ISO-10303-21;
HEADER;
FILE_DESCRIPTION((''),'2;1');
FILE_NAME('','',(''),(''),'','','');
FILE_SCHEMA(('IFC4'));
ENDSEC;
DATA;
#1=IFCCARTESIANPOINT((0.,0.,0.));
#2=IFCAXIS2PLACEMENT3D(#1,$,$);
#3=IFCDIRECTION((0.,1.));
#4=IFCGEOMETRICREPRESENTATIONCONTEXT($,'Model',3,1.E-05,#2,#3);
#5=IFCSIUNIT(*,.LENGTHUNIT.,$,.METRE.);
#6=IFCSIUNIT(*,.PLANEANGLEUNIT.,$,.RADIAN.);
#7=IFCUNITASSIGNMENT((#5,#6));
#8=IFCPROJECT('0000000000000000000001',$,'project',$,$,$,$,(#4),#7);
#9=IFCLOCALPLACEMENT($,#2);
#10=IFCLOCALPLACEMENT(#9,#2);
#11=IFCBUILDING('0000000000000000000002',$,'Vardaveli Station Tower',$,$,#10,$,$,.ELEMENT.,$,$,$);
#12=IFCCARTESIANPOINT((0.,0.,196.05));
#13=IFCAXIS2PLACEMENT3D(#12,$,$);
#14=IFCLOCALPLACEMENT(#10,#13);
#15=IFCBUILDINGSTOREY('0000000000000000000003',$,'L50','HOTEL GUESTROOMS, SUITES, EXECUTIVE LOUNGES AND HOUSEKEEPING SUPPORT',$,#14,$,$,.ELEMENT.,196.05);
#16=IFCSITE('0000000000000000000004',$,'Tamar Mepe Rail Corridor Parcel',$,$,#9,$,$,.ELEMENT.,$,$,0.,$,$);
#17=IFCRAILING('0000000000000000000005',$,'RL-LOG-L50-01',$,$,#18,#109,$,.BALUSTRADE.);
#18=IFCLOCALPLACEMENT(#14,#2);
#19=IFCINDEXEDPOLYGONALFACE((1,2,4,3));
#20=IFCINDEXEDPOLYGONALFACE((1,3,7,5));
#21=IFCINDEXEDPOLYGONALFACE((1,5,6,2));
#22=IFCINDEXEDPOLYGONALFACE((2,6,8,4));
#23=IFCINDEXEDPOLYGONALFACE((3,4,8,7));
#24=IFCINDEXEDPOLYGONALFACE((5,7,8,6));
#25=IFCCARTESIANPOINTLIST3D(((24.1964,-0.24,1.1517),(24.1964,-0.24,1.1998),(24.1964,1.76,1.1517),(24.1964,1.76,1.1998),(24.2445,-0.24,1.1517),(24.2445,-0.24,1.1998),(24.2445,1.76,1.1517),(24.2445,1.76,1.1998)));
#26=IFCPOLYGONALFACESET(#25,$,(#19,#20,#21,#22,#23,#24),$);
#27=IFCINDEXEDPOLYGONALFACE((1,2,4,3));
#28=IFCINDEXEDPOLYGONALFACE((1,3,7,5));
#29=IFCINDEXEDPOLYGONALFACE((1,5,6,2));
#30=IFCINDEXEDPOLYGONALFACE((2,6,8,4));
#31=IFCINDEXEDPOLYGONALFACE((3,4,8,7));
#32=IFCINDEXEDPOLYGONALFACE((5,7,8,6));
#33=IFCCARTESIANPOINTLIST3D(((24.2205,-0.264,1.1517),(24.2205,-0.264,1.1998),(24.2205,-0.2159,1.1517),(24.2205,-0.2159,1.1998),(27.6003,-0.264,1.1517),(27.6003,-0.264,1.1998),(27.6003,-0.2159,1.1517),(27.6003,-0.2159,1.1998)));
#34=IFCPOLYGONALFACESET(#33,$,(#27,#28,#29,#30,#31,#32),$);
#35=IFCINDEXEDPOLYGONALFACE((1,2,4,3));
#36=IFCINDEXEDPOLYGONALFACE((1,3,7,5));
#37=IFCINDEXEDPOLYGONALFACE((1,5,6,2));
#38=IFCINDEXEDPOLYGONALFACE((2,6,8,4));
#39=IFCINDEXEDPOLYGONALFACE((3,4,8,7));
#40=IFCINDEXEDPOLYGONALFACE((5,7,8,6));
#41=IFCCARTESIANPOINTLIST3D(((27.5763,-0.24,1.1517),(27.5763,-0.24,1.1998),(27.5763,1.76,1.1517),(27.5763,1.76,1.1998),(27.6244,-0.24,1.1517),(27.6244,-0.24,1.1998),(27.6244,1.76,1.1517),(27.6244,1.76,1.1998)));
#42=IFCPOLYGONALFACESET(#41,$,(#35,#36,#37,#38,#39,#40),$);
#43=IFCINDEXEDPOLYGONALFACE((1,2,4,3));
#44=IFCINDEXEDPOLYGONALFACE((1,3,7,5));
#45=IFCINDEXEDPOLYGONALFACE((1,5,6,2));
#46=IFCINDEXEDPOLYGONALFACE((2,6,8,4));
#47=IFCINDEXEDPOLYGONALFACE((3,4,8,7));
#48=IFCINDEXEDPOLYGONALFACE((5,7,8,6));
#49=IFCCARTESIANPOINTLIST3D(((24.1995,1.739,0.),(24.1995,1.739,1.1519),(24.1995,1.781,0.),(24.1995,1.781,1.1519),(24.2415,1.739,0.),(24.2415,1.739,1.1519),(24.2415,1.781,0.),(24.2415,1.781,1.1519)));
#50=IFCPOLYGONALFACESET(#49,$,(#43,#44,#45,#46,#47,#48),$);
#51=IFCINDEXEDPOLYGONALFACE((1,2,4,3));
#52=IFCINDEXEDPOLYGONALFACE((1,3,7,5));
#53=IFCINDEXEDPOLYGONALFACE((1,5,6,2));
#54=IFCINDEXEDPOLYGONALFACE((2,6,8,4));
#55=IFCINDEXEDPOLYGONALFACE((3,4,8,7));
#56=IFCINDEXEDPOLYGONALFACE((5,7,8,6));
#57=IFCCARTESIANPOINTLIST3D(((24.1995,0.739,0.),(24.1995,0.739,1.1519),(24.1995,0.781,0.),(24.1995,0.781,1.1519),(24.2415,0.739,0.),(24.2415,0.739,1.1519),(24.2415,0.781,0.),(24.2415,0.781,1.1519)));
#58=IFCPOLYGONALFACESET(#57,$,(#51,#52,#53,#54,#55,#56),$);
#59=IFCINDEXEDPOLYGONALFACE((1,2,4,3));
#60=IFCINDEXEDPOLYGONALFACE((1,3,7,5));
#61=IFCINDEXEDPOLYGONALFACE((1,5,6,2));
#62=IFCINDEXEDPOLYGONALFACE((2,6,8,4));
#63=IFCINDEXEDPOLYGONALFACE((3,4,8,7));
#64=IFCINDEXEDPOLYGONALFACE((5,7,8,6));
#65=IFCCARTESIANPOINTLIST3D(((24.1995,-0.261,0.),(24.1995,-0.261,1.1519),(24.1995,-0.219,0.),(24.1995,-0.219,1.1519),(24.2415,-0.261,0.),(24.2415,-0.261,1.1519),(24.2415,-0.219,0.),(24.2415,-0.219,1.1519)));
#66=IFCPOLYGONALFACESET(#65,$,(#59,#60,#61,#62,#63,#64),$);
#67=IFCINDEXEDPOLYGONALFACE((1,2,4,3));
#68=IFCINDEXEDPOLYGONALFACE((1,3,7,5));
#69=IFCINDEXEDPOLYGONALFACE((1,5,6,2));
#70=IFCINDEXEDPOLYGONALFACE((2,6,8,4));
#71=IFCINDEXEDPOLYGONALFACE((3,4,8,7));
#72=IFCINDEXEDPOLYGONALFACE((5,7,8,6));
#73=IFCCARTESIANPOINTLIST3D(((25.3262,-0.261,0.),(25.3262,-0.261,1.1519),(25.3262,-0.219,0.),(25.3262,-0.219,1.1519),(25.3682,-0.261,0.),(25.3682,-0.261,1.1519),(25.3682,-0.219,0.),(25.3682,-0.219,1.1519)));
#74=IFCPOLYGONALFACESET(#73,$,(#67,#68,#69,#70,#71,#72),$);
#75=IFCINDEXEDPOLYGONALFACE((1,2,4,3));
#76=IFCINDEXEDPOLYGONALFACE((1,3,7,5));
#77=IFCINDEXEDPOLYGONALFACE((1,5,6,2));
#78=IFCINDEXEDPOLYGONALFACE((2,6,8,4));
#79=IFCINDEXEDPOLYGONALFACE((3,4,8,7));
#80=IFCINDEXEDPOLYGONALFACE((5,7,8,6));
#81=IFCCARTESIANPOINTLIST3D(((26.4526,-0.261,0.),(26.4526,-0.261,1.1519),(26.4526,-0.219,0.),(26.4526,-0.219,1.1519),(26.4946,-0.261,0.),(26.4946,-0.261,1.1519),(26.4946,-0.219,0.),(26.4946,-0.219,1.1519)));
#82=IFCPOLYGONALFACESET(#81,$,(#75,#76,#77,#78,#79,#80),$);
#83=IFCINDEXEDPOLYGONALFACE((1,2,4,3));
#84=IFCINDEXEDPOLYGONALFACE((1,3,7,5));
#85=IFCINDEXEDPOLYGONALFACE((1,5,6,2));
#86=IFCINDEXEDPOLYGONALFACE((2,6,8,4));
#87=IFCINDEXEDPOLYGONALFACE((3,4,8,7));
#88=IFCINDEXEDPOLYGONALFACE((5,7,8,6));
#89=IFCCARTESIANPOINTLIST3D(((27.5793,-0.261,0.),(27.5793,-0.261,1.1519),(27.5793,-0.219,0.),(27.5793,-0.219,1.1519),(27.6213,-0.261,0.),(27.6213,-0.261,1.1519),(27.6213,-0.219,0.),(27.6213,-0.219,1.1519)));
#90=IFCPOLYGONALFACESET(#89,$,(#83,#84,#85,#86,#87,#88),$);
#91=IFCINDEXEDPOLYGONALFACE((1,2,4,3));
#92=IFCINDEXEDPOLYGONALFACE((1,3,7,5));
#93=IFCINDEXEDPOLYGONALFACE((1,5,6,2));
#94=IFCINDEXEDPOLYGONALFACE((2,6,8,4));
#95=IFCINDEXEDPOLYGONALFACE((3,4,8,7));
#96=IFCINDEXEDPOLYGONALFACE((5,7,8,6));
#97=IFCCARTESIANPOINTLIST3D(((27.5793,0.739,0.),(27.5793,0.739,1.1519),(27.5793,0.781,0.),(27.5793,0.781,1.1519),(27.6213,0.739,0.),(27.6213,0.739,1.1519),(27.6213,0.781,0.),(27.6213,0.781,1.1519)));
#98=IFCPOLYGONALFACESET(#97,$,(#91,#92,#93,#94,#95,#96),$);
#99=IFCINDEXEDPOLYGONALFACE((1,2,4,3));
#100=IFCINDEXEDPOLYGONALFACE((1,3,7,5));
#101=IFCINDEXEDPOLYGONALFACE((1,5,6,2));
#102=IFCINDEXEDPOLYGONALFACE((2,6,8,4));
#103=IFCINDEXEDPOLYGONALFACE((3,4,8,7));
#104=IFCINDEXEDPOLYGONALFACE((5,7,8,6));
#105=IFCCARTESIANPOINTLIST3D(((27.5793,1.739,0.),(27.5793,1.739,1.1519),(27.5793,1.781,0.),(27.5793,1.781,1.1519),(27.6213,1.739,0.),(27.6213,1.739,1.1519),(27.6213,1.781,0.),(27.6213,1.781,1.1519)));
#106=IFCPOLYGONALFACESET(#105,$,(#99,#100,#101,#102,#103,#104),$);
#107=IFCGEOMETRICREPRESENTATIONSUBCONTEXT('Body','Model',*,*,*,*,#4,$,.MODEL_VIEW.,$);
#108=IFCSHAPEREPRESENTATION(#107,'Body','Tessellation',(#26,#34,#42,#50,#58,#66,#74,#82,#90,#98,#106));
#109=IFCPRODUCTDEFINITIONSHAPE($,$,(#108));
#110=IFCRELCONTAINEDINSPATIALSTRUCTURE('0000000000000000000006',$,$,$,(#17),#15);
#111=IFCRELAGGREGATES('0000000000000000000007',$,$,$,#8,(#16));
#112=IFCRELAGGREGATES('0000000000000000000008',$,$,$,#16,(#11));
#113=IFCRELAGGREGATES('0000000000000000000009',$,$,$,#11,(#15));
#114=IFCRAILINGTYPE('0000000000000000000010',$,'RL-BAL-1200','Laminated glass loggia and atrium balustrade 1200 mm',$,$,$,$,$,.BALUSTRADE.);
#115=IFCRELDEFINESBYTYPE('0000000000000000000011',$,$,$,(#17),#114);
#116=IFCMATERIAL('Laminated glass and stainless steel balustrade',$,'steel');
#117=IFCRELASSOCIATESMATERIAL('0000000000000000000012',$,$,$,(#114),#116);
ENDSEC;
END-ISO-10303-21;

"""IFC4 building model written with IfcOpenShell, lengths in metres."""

from ifc_helpers import new_model, si_unit, direction, frame, origin, origin_2d, place, context, subcontext, project, spatial, rectangle, extrude, source, transform, mapped, material, type_object, element, save


model = new_model("IFC4")

# Units and contexts
model_context = context("Model", 3, precision=1e-05, world=origin(), true_north=direction((0.0, 1.0)))
body_context = subcontext(model_context, "Body", "Model", "MODEL_VIEW")
ifc_project = project(units=[si_unit("LENGTHUNIT", "METRE"), si_unit("PLANEANGLEUNIT", "RADIAN")], contexts=[model_context])

# Site, building, storey
site_placement = place(None, origin())
site = spatial("IfcSite", under=ifc_project, at=site_placement, Name="Tamar Mepe Rail Corridor Parcel", CompositionType="ELEMENT", RefElevation=0.0)
building_placement = place(site_placement, origin())
building = spatial("IfcBuilding", under=site, at=building_placement, Name="Vardaveli Station Tower", CompositionType="ELEMENT")
storey_placement = place(building_placement, frame((0.0, 0.0, 196.05)))
storey = spatial("IfcBuildingStorey", under=building, at=storey_placement, Name="L50", Description="HOTEL GUESTROOMS, SUITES, EXECUTIVE LOUNGES AND HOUSEKEEPING SUPPORT", CompositionType="ELEMENT", Elevation=196.05)

# Railing
ifc_material_1 = material(Name="Laminated glass and stainless steel balustrade", Category="steel")
railing_type = type_object("IfcRailingType", Name="RL-BAL-1200", Description="Laminated glass loggia and atrium balustrade 1200 mm", PredefinedType="BALUSTRADE", material=ifc_material_1)
shared_shape_1 = source(origin(), body_context, "Body", "SweptSolid", [
    extrude(rectangle(XDim=0.0481, YDim=0.0481, at=origin_2d()), frame((0.0, 0.0, 1.1758), z_axis=(0.0, -1.0, 0.0), x_axis=(1.0, 0.0, 0.0)), (0.0, 0.0, 1.0), 2.0),
    extrude(rectangle(XDim=0.0481, YDim=0.0481, at=origin_2d()), frame((0.0, -2.0, 1.1758), z_axis=(1.0, 0.0, 0.0), x_axis=(0.0, 1.0, 0.0)), (0.0, 0.0, 1.0), 3.3799),
    extrude(rectangle(XDim=0.0481, YDim=0.0481, at=origin_2d()), frame((3.3799, -2.0, 1.1758), z_axis=(0.0, 1.0, 0.0), x_axis=(-1.0, 0.0, 0.0)), (0.0, 0.0, 1.0), 2.0),
    extrude(rectangle(XDim=0.042, YDim=0.042, at=origin_2d()), origin(), (0.0, 0.0, 1.0), 1.1519),
    extrude(rectangle(XDim=0.042, YDim=0.042, at=origin_2d()), frame((0.0, -1.0, 0.0)), (0.0, 0.0, 1.0), 1.1519),
    extrude(rectangle(XDim=0.042, YDim=0.042, at=origin_2d()), frame((0.0, -2.0, 0.0)), (0.0, 0.0, 1.0), 1.1519),
    extrude(rectangle(XDim=0.042, YDim=0.042, at=origin_2d()), frame((1.1267, -2.0, 0.0)), (0.0, 0.0, 1.0), 1.1519),
    extrude(rectangle(XDim=0.042, YDim=0.042, at=origin_2d()), frame((2.2532, -2.0, 0.0)), (0.0, 0.0, 1.0), 1.1519),
    extrude(rectangle(XDim=0.042, YDim=0.042, at=origin_2d()), frame((3.3799, -2.0, 0.0)), (0.0, 0.0, 1.0), 1.1519),
    extrude(rectangle(XDim=0.042, YDim=0.042, at=origin_2d()), frame((3.3799, -1.0, 0.0)), (0.0, 0.0, 1.0), 1.1519),
    extrude(rectangle(XDim=0.042, YDim=0.042, at=origin_2d()), frame((3.3799, 0.0, 0.0)), (0.0, 0.0, 1.0), 1.1519),
])
railing_placement = place(storey_placement, frame((24.2205, 1.76, 0.0)))
element("IfcRailing", 1, at=railing_placement, inside=storey, type_object=railing_type, Name="RL-LOG-L50-01", PredefinedType="BALUSTRADE", context=body_context, shape_type="MappedRepresentation", body=[
    mapped(shared_shape_1, transform((0.0, 0.0, 0.0), scale=1.0)),
])

save(model, "model.ifc")
